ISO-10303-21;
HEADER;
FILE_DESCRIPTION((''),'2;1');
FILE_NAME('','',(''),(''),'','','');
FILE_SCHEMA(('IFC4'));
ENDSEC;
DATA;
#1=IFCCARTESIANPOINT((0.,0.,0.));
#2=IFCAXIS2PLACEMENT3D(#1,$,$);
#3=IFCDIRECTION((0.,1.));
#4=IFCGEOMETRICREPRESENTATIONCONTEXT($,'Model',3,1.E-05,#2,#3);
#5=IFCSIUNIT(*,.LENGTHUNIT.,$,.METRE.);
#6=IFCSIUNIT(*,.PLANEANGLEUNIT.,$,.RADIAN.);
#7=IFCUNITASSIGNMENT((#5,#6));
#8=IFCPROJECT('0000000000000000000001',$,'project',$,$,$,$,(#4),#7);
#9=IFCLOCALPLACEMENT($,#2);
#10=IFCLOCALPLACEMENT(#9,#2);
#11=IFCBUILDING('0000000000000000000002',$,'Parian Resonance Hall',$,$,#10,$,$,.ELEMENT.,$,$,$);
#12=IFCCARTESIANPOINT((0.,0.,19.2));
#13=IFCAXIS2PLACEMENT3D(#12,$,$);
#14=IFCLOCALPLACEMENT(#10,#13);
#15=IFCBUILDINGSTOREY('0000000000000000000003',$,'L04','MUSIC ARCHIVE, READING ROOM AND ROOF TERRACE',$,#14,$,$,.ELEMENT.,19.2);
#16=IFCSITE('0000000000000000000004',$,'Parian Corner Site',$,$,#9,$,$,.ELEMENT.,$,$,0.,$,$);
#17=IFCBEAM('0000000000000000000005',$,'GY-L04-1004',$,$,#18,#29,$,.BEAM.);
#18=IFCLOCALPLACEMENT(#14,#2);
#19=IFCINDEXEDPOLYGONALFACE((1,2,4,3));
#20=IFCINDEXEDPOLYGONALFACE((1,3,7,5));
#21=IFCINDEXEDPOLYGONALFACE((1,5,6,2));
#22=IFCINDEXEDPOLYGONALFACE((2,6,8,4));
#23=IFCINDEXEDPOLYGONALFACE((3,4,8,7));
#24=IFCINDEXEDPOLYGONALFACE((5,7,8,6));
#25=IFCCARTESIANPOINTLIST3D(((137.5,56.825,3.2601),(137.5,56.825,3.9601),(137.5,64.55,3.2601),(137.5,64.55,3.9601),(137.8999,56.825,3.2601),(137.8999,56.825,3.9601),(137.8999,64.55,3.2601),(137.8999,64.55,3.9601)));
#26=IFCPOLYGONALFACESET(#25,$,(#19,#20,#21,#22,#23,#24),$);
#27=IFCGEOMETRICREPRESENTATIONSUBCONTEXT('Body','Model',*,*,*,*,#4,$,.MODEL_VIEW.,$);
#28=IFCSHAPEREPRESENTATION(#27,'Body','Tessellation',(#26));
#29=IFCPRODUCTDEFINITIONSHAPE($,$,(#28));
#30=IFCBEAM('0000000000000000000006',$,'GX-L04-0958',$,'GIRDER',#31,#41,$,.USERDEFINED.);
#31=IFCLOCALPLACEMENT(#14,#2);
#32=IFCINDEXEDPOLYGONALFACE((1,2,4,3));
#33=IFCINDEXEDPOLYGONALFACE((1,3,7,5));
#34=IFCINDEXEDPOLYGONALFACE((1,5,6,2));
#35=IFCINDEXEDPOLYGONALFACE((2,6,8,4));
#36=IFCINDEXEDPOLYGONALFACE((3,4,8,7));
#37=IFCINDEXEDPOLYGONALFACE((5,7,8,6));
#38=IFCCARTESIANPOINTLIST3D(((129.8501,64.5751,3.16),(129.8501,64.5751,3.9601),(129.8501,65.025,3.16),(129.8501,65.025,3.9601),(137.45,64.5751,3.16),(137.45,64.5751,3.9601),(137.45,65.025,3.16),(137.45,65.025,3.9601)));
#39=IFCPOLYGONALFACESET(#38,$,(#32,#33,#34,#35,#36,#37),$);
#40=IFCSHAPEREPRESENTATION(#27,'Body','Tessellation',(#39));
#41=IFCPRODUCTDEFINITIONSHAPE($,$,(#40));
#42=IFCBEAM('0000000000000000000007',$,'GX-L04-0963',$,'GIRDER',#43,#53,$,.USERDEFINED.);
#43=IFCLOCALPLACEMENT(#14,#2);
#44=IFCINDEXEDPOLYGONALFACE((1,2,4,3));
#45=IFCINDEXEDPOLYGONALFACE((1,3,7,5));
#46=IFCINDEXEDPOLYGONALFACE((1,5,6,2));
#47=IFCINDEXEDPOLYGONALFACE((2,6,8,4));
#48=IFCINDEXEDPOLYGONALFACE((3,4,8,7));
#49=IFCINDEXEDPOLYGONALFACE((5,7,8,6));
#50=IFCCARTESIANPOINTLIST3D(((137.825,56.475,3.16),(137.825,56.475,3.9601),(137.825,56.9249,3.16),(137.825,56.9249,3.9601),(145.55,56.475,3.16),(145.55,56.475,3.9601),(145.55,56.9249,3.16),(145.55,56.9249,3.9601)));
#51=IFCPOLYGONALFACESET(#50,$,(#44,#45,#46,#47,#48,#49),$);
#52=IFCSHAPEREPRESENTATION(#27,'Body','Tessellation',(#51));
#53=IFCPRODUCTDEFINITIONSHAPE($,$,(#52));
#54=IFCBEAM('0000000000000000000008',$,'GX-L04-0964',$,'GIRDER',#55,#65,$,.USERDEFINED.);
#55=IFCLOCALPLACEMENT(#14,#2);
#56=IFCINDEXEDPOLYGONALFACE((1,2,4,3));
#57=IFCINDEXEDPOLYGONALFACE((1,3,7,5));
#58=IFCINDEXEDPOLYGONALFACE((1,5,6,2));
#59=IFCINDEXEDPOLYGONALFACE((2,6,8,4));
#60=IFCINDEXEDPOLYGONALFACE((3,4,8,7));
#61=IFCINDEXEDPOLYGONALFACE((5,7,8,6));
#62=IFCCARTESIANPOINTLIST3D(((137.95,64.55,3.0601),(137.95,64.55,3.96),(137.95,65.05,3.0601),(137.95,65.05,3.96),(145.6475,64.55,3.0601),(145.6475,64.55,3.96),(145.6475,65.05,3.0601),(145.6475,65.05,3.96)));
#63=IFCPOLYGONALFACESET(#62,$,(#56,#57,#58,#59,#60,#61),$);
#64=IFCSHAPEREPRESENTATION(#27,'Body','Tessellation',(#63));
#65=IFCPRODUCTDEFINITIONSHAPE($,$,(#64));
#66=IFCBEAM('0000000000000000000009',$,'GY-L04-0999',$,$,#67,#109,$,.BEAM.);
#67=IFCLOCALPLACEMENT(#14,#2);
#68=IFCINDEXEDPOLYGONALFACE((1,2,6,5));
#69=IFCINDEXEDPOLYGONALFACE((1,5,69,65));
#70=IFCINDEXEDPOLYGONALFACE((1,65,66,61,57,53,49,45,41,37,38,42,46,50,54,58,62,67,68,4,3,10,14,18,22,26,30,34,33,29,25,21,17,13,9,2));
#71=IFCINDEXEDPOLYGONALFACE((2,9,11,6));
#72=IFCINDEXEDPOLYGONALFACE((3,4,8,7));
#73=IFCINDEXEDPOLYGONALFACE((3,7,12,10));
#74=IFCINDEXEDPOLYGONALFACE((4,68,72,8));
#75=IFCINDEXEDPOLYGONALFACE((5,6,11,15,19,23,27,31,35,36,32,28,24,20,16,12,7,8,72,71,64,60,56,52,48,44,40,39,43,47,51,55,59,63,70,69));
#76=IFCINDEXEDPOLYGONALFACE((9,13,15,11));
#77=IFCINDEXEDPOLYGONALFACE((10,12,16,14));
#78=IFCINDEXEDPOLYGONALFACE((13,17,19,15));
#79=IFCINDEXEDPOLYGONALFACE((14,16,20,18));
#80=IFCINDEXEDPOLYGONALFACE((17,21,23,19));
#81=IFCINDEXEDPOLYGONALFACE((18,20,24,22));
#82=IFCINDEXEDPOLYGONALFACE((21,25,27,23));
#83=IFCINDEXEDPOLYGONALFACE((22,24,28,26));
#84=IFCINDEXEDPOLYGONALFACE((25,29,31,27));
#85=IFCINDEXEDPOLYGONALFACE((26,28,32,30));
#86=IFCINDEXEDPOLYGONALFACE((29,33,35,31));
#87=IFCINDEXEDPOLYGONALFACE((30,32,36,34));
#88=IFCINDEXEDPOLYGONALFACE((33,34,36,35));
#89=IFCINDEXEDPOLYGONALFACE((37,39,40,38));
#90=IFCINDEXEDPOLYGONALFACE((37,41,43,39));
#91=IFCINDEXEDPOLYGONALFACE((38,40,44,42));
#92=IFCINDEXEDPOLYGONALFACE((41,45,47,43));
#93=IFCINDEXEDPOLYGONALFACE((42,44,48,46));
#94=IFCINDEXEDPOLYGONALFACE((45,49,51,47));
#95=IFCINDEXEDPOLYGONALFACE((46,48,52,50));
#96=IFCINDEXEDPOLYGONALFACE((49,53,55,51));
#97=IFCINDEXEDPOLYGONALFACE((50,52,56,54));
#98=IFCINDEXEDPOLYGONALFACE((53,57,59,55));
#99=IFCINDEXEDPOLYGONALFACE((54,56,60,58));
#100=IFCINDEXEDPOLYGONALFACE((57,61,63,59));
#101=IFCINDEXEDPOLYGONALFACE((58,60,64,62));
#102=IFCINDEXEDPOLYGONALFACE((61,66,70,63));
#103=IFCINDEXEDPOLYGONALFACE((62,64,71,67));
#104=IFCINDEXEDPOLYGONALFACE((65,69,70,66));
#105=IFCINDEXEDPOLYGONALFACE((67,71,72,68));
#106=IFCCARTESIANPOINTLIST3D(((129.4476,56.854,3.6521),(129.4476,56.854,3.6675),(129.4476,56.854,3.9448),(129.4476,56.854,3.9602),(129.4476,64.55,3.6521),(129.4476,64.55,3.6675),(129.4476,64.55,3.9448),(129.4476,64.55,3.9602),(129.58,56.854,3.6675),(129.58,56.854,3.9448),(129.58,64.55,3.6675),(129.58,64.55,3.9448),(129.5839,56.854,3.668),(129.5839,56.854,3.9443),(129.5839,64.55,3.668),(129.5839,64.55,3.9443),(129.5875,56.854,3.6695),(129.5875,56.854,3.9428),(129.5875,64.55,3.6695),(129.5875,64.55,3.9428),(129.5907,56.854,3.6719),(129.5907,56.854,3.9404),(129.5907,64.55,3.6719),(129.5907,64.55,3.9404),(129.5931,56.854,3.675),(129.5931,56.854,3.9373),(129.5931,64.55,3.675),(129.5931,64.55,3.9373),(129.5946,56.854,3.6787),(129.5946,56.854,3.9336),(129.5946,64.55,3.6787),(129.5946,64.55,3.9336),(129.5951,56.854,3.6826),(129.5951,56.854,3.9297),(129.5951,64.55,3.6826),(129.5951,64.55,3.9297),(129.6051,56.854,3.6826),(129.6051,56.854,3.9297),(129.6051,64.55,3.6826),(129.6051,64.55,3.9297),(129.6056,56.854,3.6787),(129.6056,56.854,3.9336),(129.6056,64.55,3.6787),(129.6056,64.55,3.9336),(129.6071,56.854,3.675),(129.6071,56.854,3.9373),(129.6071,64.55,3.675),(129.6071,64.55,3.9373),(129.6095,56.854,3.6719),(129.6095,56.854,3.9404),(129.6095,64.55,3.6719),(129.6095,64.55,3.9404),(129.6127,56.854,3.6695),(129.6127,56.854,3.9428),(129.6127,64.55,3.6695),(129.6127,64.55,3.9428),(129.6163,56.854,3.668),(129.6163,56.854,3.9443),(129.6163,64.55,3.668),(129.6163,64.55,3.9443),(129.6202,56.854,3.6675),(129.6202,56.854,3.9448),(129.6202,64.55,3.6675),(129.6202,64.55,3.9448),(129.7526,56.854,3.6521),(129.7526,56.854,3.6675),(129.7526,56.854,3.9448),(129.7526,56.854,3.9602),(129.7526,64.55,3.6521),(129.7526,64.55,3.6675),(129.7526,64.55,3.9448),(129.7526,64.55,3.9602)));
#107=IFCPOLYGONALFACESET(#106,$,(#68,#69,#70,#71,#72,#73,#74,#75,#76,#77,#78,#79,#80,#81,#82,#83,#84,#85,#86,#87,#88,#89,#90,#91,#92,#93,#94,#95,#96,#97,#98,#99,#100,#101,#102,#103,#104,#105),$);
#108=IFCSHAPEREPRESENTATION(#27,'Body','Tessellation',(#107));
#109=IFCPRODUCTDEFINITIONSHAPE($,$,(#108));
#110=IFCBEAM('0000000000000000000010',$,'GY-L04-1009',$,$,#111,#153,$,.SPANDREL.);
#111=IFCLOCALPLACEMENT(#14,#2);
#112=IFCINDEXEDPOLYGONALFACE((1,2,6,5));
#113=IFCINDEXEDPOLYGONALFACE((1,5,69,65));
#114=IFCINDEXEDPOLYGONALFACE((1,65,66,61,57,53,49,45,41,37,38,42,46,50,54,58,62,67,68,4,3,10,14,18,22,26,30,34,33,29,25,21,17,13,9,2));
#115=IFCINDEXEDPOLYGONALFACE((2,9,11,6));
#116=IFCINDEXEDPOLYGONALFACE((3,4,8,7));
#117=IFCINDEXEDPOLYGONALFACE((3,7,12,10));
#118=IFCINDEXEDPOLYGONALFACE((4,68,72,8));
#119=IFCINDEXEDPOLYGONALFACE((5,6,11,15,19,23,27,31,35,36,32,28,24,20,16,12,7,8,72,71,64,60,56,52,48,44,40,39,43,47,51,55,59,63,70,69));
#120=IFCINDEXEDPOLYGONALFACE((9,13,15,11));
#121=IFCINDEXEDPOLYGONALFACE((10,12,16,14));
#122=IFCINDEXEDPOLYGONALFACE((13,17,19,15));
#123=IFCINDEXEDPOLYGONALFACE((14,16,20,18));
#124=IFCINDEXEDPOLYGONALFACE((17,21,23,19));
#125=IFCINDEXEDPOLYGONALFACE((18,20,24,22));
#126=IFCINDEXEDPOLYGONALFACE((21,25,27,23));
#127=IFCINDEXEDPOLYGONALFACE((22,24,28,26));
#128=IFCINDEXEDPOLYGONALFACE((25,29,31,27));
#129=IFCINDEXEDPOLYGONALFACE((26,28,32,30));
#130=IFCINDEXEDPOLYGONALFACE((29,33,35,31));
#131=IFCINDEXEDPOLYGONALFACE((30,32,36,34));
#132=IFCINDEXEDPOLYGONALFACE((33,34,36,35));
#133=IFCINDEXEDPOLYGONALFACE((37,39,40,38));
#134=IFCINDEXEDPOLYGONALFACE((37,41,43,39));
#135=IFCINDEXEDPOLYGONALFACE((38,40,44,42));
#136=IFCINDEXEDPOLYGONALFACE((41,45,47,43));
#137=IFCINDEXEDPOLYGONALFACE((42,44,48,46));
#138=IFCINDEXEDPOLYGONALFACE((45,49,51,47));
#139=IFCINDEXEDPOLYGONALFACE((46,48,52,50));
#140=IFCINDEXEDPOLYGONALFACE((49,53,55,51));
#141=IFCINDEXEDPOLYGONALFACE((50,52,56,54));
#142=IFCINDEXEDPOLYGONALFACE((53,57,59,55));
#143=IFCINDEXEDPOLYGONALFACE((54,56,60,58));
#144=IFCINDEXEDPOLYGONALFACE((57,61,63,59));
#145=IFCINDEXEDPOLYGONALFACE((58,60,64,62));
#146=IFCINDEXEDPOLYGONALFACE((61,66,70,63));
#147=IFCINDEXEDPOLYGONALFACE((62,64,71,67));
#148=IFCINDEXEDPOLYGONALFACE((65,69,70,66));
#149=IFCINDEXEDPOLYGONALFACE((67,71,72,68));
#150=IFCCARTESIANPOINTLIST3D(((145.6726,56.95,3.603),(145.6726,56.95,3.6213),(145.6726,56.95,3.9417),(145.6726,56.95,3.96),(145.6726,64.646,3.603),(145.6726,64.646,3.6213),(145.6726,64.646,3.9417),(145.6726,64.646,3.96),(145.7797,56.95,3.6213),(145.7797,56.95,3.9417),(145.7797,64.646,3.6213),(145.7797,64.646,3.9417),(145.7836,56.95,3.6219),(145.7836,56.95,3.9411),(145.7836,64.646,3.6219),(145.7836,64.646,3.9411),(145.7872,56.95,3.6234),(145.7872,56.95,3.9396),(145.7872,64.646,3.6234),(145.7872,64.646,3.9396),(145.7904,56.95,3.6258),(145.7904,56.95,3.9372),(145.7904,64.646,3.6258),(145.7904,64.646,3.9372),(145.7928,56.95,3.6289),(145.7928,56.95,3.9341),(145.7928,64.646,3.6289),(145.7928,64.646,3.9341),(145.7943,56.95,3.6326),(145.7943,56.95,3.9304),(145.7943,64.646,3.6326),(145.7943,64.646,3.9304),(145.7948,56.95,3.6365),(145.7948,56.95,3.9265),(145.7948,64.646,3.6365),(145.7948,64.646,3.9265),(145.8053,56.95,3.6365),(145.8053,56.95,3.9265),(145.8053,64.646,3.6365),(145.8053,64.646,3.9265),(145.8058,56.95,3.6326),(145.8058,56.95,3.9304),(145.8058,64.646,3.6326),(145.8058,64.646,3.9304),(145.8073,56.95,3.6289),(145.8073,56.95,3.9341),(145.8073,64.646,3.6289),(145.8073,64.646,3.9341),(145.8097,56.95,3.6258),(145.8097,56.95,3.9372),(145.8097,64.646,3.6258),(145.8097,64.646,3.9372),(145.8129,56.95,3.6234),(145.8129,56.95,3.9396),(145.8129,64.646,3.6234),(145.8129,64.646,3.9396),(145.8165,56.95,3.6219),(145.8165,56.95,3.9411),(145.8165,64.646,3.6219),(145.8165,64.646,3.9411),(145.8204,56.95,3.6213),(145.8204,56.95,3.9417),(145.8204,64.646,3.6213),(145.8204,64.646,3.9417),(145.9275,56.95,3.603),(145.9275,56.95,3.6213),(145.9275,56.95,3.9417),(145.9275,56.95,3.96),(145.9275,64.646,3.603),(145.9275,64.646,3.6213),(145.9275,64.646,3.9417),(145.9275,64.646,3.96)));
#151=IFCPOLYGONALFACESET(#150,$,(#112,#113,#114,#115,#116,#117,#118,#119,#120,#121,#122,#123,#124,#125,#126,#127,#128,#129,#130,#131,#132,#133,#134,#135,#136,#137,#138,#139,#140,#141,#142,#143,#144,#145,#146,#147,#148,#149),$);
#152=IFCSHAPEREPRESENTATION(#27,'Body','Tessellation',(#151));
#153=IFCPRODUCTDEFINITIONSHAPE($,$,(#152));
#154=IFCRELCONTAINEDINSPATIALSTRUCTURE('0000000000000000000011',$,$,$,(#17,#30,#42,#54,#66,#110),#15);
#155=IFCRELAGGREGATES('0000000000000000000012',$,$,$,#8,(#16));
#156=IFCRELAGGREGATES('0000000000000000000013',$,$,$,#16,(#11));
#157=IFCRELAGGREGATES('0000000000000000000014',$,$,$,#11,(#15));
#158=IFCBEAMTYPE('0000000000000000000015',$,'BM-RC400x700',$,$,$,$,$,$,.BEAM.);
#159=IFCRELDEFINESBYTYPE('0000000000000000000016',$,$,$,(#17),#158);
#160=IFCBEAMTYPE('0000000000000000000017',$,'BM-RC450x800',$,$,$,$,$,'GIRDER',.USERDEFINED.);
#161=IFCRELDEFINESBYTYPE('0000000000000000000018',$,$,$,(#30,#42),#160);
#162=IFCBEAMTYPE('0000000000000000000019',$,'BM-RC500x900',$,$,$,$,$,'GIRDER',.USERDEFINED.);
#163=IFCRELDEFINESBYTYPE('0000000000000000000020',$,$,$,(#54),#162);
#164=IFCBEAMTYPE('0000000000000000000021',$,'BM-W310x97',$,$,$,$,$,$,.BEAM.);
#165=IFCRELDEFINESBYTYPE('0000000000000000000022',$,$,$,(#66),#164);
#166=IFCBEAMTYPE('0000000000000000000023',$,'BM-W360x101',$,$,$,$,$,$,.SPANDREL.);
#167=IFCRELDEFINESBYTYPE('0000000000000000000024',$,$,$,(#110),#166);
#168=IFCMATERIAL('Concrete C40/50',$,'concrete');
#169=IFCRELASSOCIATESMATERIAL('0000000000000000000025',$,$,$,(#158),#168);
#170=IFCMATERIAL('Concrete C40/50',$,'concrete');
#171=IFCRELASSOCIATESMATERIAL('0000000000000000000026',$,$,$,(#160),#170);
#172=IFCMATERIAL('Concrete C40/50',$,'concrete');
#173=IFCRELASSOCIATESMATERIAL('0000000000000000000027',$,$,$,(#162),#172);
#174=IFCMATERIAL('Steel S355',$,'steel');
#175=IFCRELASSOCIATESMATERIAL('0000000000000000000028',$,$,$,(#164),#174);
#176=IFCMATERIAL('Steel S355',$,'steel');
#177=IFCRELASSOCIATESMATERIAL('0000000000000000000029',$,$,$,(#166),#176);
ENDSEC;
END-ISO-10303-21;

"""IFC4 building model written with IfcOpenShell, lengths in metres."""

from ifc_helpers import new_model, si_unit, direction, frame, origin, origin_2d, place, context, subcontext, project, spatial, rectangle, i_section, extrude, material, material_profile, profile_set, type_object, element, save


model = new_model("IFC4")

# Units and contexts
model_context = context("Model", 3, precision=1e-05, world=origin(), true_north=direction((0.0, 1.0)))
body_context = subcontext(model_context, "Body", "Model", "MODEL_VIEW")
ifc_project = project(units=[si_unit("LENGTHUNIT", "METRE"), si_unit("PLANEANGLEUNIT", "RADIAN")], contexts=[model_context])

# Site, building, storey
site_placement = place(None, origin())
site = spatial("IfcSite", under=ifc_project, at=site_placement, Name="Parian Corner Site", CompositionType="ELEMENT", RefElevation=0.0)
building_placement = place(site_placement, origin())
building = spatial("IfcBuilding", under=site, at=building_placement, Name="Parian Resonance Hall", CompositionType="ELEMENT")
storey_placement = place(building_placement, frame((0.0, 0.0, 19.2)))
storey = spatial("IfcBuildingStorey", under=building, at=storey_placement, Name="L04", Description="MUSIC ARCHIVE, READING ROOM AND ROOF TERRACE", CompositionType="ELEMENT", Elevation=19.2)

# Beams
ifc_material_1 = material(Name="Concrete C40/50", Category="concrete")
ifc_material_profile_1 = material_profile(ifc_material_1, rectangle(XDim=0.3999, YDim=0.7, at=origin_2d()), Name="RC-BM-400x700")
ifc_profile_set_1 = profile_set([ifc_material_profile_1], Name="Concrete C40/50")
beam_type_1 = type_object("IfcBeamType", Name="BM-RC400x700", PredefinedType="BEAM", material=ifc_profile_set_1)
beam_1_placement = place(storey_placement, frame((137.7, 56.825, 3.6101), z_axis=(0.0, 1.0, 0.0), x_axis=(-1.0, 0.0, 0.0)))
element("IfcBeam", 1, at=beam_1_placement, inside=storey, type_object=beam_type_1, Name="GY-L04-1004", PredefinedType="BEAM", context=body_context, shape_type="SweptSolid", body=[
    extrude(rectangle(XDim=0.3999, YDim=0.7, at=origin_2d()), origin(), (0.0, 0.0, 1.0), 7.7251),
])
ifc_material_2 = material(Name="Concrete C40/50", Category="concrete")
ifc_material_profile_2 = material_profile(ifc_material_2, rectangle(XDim=0.45, YDim=0.8, at=origin_2d()), Name="RC-BM-450x800")
ifc_profile_set_2 = profile_set([ifc_material_profile_2], Name="Concrete C40/50")
beam_type_2 = type_object("IfcBeamType", Name="BM-RC450x800", ElementType="GIRDER", PredefinedType="USERDEFINED", material=ifc_profile_set_2)
beam_2_placement = place(storey_placement, frame((129.8501, 64.8, 3.5601), z_axis=(1.0, 0.0, 0.0), x_axis=(0.0, 1.0, 0.0)))
element("IfcBeam", 2, at=beam_2_placement, inside=storey, type_object=beam_type_2, Name="GX-L04-0958", ObjectType="GIRDER", PredefinedType="USERDEFINED", context=body_context, shape_type="SweptSolid", body=[
    extrude(rectangle(XDim=0.45, YDim=0.8, at=origin_2d()), origin(), (0.0, 0.0, 1.0), 7.5999),
])
beam_3_placement = place(storey_placement, frame((137.825, 56.7, 3.5601), z_axis=(1.0, 0.0, 0.0), x_axis=(0.0, 1.0, 0.0)))
element("IfcBeam", 3, at=beam_3_placement, inside=storey, type_object=beam_type_2, Name="GX-L04-0963", ObjectType="GIRDER", PredefinedType="USERDEFINED", context=body_context, shape_type="SweptSolid", body=[
    extrude(rectangle(XDim=0.45, YDim=0.8, at=origin_2d()), origin(), (0.0, 0.0, 1.0), 7.7251),
])
ifc_material_3 = material(Name="Concrete C40/50", Category="concrete")
ifc_material_profile_3 = material_profile(ifc_material_3, rectangle(XDim=0.5, YDim=0.8999, at=origin_2d()), Name="RC-BM-500x900")
ifc_profile_set_3 = profile_set([ifc_material_profile_3], Name="Concrete C40/50")
beam_type_3 = type_object("IfcBeamType", Name="BM-RC500x900", ElementType="GIRDER", PredefinedType="USERDEFINED", material=ifc_profile_set_3)
beam_4_placement = place(storey_placement, frame((137.95, 64.8, 3.51), z_axis=(1.0, 0.0, 0.0), x_axis=(0.0, 1.0, 0.0)))
element("IfcBeam", 4, at=beam_4_placement, inside=storey, type_object=beam_type_3, Name="GX-L04-0964", ObjectType="GIRDER", PredefinedType="USERDEFINED", context=body_context, shape_type="SweptSolid", body=[
    extrude(rectangle(XDim=0.5, YDim=0.8999, at=origin_2d()), origin(), (0.0, 0.0, 1.0), 7.6975),
])
ifc_material_4 = material(Name="Steel S355", Category="steel")
ifc_material_profile_4 = material_profile(ifc_material_4, i_section(OverallWidth=0.3049, OverallDepth=0.3081, WebThickness=0.01, FlangeThickness=0.0154, FilletRadius=0.0151, at=origin_2d()), Name="W310x97")
ifc_profile_set_4 = profile_set([ifc_material_profile_4], Name="Steel S355")
beam_type_4 = type_object("IfcBeamType", Name="BM-W310x97", PredefinedType="BEAM", material=ifc_profile_set_4)
beam_5_placement = place(storey_placement, frame((129.6001, 56.854, 3.8062), z_axis=(0.0, 1.0, 0.0), x_axis=(-1.0, 0.0, 0.0)))
element("IfcBeam", 5, at=beam_5_placement, inside=storey, type_object=beam_type_4, Name="GY-L04-0999", PredefinedType="BEAM", context=body_context, shape_type="SweptSolid", body=[
    extrude(i_section(OverallWidth=0.3049, OverallDepth=0.3081, WebThickness=0.01, FlangeThickness=0.0154, FilletRadius=0.0151, at=origin_2d()), origin(), (0.0, 0.0, 1.0), 7.696),
])
ifc_material_5 = material(Name="Steel S355", Category="steel")
ifc_material_profile_5 = material_profile(ifc_material_5, i_section(OverallWidth=0.2549, OverallDepth=0.3569, WebThickness=0.0105, FlangeThickness=0.0183, FilletRadius=0.0151, at=origin_2d()), Name="W360x101")
ifc_profile_set_5 = profile_set([ifc_material_profile_5], Name="Steel S355")
beam_type_5 = type_object("IfcBeamType", Name="BM-W360x101", PredefinedType="SPANDREL", material=ifc_profile_set_5)
beam_6_placement = place(storey_placement, frame((145.8, 56.95, 3.7815), z_axis=(0.0, 1.0, 0.0), x_axis=(-1.0, 0.0, 0.0)))
element("IfcBeam", 6, at=beam_6_placement, inside=storey, type_object=beam_type_5, Name="GY-L04-1009", PredefinedType="SPANDREL", context=body_context, shape_type="SweptSolid", body=[
    extrude(i_section(OverallWidth=0.2549, OverallDepth=0.3569, WebThickness=0.0105, FlangeThickness=0.0183, FilletRadius=0.0151, at=origin_2d()), origin(), (0.0, 0.0, 1.0), 7.696),
])

save(model, "model.ifc")
